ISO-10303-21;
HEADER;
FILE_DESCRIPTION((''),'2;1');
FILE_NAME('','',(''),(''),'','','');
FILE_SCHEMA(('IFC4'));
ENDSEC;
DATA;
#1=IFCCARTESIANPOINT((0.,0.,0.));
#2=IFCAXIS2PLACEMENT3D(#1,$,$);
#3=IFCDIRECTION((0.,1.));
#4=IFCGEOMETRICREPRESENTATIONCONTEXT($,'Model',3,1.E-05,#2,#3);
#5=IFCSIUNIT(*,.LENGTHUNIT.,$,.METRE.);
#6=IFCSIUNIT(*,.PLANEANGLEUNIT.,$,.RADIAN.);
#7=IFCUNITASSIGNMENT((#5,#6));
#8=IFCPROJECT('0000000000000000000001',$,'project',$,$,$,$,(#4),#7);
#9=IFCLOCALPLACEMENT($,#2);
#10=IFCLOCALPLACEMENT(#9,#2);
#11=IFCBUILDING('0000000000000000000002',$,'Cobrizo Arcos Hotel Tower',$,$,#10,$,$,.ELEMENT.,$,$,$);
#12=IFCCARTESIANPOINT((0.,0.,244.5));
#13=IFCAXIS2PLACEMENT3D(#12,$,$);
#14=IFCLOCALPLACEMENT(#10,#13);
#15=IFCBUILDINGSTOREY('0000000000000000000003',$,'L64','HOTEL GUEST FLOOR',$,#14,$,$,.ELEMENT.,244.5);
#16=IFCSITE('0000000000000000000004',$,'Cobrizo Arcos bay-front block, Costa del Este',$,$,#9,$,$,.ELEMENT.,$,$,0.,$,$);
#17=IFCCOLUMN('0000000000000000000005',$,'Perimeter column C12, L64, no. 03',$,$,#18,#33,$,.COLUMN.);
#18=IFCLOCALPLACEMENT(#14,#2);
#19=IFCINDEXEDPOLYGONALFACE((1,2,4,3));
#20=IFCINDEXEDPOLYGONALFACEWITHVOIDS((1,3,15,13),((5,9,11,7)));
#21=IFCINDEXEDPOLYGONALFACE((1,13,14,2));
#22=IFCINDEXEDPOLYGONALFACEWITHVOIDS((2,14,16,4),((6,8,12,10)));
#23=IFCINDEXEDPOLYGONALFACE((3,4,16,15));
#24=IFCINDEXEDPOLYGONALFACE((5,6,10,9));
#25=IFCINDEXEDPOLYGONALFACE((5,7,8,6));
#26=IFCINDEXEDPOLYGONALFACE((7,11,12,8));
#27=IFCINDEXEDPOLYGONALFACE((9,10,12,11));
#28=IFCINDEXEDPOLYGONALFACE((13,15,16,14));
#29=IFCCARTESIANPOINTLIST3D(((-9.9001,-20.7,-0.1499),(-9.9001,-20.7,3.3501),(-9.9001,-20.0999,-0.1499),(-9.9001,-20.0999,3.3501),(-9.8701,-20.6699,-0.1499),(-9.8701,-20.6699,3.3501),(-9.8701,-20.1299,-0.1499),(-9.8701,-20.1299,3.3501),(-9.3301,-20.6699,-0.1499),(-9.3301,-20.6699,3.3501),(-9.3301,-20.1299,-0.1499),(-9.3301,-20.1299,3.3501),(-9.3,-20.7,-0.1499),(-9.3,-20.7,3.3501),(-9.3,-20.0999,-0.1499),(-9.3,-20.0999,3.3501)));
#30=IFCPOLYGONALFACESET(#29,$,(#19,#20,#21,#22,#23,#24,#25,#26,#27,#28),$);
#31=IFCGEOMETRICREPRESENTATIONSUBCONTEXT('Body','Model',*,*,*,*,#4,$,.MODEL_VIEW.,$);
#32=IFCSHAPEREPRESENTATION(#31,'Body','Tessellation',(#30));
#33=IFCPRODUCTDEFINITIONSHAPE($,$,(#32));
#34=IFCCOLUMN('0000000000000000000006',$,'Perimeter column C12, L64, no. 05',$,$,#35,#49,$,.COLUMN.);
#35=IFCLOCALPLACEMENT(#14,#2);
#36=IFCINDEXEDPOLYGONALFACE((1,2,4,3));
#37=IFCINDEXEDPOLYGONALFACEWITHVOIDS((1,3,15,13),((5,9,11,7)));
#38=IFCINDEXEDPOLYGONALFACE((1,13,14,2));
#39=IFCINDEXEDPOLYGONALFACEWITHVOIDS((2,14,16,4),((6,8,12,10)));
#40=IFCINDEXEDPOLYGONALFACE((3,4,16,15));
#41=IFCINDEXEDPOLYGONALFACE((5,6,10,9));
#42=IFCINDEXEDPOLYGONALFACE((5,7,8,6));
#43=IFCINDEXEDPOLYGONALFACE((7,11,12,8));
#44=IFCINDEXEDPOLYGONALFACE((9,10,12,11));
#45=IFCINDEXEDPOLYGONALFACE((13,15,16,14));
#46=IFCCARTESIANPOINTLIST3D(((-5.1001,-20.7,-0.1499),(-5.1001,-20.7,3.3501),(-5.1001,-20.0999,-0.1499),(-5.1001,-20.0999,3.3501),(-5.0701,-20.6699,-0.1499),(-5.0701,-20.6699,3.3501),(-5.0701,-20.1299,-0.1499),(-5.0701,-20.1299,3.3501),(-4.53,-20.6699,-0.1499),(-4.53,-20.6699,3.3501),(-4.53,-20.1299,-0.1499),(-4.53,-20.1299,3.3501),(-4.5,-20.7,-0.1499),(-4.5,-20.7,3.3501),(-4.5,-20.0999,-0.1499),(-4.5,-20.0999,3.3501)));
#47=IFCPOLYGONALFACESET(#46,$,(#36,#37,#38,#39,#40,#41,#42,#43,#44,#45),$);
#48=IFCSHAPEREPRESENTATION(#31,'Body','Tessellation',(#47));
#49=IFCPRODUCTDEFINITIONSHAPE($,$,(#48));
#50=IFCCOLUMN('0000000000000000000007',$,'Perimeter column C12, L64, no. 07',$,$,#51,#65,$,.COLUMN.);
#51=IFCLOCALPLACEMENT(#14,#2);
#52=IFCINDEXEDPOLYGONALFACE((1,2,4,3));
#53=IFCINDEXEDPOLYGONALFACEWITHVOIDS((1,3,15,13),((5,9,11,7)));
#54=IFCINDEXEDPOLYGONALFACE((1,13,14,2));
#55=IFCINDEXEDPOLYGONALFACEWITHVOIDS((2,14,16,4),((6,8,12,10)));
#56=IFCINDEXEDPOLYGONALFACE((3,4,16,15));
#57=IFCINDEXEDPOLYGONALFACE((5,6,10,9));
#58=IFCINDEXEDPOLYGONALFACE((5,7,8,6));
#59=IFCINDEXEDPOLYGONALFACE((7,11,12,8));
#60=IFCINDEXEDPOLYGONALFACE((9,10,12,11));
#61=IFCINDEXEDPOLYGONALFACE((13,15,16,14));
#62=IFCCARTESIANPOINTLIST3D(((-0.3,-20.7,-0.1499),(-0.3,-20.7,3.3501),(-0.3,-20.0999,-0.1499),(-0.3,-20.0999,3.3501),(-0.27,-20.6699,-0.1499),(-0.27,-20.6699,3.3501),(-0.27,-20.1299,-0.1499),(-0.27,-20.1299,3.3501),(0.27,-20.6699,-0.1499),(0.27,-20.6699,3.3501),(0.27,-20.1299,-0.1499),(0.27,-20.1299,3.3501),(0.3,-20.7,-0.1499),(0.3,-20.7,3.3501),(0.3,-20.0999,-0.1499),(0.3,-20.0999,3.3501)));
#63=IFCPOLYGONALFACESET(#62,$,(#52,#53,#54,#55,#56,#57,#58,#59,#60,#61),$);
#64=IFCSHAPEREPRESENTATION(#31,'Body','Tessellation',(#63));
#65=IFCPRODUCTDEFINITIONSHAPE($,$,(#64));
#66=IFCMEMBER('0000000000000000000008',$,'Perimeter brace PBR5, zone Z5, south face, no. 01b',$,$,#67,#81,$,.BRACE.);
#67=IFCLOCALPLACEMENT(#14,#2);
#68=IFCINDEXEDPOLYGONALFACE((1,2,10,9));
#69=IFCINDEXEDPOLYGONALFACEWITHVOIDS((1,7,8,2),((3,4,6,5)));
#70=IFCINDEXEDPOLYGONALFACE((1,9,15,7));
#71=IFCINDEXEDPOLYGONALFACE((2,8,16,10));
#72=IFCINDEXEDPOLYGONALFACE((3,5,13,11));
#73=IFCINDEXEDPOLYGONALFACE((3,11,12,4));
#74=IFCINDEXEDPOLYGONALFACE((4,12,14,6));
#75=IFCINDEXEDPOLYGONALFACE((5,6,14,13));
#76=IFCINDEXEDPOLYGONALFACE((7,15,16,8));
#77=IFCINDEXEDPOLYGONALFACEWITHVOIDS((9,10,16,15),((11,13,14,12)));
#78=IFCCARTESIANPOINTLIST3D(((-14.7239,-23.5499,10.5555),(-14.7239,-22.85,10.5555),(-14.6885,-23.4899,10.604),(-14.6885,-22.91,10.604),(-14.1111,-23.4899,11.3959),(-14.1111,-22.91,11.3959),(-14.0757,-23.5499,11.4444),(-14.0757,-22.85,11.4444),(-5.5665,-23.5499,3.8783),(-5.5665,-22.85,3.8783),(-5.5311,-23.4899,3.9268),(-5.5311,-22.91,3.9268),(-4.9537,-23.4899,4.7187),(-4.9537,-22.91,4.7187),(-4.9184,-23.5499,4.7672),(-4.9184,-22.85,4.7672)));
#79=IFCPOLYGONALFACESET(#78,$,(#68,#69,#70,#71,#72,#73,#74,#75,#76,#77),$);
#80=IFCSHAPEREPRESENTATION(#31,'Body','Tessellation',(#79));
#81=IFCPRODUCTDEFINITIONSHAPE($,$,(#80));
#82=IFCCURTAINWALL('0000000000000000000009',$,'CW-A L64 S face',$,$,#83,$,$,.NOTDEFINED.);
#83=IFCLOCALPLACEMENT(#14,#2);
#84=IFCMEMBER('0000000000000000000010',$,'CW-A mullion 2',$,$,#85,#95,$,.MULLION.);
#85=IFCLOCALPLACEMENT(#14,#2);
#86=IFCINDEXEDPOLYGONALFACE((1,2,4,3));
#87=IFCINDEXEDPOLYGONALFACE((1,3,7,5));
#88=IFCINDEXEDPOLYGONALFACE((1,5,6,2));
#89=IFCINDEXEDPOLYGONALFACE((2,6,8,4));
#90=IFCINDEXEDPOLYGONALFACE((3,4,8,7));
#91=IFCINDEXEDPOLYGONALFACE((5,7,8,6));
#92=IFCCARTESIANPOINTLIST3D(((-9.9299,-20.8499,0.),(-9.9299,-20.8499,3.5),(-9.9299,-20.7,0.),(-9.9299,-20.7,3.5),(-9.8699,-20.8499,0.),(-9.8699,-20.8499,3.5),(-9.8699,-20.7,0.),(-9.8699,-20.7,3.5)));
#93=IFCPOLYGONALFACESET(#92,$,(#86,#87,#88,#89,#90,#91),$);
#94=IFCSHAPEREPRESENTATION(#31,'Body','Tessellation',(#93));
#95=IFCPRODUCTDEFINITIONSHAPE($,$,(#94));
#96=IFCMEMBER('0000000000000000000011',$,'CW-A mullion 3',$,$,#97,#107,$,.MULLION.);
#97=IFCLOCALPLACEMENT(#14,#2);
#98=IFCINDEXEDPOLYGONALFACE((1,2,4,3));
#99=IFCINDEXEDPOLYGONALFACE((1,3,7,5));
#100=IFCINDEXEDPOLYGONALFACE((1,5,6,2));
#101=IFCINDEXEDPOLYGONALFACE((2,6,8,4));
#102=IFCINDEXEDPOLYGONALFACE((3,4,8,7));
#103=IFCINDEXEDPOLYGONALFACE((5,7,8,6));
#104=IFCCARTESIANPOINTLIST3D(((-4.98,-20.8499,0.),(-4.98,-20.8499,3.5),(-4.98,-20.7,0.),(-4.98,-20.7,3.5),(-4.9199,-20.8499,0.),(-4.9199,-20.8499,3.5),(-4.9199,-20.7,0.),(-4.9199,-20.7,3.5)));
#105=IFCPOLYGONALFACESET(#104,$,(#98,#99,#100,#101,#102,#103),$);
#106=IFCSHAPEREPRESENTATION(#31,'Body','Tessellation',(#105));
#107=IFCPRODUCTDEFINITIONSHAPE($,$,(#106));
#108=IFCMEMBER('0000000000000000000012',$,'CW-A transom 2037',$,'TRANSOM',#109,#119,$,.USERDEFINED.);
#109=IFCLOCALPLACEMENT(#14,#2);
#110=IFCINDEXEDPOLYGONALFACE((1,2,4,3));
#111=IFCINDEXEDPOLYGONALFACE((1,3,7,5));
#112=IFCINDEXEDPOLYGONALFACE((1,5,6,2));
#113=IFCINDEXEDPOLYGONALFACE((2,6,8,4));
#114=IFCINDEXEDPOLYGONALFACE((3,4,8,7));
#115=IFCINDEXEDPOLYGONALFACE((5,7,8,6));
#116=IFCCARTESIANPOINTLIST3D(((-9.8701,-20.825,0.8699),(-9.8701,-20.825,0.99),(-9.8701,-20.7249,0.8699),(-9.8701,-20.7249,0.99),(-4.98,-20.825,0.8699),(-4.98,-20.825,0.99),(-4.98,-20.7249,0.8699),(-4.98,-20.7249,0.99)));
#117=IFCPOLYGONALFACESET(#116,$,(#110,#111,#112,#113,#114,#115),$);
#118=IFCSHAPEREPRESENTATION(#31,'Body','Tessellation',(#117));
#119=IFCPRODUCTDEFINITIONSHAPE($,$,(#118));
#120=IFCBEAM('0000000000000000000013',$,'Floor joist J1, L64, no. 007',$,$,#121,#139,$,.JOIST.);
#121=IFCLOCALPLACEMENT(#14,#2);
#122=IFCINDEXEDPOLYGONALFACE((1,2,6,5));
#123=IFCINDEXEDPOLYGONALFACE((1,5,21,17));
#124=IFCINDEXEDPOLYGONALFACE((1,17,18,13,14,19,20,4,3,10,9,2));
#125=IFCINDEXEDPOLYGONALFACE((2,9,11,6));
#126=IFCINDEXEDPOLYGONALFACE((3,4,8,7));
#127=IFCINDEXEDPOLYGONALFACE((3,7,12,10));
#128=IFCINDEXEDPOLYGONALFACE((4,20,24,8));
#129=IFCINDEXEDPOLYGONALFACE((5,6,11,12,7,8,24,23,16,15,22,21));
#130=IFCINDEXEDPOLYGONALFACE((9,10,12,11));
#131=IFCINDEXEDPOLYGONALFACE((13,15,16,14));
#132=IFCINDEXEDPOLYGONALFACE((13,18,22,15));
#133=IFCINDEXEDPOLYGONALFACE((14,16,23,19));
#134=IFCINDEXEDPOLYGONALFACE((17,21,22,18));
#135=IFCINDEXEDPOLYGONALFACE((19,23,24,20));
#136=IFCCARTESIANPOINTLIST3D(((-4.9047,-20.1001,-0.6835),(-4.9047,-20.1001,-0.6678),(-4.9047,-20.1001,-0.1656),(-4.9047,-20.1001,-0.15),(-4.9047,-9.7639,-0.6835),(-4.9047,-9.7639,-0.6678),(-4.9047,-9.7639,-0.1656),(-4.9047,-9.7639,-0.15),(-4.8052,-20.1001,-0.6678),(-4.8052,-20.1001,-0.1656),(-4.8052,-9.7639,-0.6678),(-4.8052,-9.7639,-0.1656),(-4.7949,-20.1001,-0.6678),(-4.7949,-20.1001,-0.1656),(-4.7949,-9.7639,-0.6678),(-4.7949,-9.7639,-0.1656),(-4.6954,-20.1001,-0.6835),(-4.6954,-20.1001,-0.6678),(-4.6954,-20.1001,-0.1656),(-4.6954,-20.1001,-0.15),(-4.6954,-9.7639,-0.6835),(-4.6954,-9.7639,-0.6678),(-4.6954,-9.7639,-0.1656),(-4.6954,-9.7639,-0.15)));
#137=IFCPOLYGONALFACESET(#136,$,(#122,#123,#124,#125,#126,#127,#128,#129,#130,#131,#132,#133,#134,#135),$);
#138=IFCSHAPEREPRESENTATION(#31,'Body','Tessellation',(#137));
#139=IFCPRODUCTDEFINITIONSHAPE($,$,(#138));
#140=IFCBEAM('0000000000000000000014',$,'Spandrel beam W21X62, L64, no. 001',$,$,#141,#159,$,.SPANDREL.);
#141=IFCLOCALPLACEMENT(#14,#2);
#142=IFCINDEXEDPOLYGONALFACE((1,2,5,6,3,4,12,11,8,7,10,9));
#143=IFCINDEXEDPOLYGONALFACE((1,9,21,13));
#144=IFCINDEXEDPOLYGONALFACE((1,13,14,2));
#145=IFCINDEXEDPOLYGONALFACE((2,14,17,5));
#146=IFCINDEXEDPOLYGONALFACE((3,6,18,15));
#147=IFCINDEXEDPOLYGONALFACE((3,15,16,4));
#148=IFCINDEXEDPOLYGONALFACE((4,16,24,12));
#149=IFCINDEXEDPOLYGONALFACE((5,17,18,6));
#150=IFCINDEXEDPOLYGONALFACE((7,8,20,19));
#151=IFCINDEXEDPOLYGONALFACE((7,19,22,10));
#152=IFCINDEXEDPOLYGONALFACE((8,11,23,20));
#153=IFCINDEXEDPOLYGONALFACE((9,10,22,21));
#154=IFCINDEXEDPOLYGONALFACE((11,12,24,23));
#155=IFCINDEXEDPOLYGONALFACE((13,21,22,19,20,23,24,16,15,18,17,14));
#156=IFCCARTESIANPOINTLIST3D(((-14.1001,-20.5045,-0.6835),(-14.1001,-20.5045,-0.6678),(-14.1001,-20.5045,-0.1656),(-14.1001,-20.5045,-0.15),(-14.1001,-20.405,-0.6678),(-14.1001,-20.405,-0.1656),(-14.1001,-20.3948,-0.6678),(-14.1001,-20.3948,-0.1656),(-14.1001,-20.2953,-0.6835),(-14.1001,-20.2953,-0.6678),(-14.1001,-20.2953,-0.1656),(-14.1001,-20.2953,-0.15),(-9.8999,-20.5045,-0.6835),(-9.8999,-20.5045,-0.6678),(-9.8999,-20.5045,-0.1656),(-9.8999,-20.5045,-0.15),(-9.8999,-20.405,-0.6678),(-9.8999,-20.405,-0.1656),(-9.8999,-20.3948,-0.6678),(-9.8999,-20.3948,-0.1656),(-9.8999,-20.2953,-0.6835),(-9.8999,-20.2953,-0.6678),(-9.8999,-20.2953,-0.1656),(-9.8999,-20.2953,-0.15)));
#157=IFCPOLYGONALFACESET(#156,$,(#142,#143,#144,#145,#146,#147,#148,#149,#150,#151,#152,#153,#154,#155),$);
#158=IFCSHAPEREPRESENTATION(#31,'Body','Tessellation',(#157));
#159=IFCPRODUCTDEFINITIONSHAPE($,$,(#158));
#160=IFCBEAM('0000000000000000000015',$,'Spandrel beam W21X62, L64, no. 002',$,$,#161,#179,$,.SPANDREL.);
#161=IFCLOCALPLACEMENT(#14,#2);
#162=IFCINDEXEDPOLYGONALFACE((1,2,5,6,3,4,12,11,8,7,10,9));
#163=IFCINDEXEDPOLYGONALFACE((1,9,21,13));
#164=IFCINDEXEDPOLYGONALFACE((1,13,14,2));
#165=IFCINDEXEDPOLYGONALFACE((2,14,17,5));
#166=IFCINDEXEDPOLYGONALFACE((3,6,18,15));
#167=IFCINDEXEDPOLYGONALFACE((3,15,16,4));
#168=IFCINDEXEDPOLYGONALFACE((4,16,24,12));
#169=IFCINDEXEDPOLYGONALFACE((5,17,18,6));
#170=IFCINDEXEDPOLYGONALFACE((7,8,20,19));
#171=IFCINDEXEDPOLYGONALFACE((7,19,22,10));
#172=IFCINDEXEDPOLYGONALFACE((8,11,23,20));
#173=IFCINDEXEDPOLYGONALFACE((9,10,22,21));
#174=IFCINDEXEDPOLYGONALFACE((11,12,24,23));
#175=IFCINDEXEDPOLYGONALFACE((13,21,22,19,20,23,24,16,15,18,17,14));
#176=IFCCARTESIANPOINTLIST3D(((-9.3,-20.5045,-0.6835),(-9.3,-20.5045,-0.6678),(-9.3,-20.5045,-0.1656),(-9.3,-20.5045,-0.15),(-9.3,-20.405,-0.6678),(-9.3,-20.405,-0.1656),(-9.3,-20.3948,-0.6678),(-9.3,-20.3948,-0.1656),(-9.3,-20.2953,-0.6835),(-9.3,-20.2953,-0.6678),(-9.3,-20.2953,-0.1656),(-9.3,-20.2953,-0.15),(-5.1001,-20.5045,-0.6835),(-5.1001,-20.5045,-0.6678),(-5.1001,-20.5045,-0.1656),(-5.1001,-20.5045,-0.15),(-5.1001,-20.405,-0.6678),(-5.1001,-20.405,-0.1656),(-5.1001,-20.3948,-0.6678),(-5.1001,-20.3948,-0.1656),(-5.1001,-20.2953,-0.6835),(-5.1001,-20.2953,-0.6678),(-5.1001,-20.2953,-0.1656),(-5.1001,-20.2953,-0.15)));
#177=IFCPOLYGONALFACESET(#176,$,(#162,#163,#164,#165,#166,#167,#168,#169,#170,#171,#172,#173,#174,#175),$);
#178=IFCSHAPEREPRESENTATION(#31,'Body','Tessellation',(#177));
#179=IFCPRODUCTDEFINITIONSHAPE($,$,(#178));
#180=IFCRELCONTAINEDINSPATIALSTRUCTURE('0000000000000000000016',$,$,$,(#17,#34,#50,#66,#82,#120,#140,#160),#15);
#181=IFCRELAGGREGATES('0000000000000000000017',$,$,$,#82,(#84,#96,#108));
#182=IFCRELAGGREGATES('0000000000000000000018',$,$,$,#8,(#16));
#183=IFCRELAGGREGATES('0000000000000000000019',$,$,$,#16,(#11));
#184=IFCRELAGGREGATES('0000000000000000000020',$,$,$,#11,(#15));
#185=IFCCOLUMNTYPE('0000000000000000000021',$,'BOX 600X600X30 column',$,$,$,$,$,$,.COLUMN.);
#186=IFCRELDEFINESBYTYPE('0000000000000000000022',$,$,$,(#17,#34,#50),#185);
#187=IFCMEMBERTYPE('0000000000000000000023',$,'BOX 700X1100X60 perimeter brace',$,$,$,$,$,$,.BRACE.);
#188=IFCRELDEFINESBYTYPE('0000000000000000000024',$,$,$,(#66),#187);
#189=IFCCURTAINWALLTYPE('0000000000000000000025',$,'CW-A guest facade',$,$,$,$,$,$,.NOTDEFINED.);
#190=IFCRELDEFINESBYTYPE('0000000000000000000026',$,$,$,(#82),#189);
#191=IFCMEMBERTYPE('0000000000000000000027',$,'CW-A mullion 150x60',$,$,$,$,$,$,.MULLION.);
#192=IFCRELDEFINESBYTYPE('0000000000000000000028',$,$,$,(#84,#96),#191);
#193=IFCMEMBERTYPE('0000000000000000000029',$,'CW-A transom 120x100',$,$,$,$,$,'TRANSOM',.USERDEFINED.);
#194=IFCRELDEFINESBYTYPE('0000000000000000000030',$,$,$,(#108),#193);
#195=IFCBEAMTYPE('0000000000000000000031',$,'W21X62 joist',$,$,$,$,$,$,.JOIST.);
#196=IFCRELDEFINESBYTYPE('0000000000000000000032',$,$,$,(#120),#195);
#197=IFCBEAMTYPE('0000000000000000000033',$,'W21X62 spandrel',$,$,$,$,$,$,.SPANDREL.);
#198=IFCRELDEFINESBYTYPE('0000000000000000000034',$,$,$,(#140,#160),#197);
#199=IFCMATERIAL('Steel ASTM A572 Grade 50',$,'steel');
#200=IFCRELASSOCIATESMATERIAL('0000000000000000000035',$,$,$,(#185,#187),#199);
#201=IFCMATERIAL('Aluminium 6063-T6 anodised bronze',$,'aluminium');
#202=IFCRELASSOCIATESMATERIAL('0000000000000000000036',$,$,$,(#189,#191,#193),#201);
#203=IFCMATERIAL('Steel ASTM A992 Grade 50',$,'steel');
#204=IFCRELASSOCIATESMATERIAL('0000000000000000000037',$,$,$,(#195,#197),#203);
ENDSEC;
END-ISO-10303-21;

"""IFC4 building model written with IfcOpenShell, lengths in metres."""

from ifc_helpers import new_model, si_unit, direction, frame, origin, origin_2d, place, context, subcontext, project, spatial, rectangle, hollow_rectangle, i_section, extrude, material, material_profile, profile_set, type_object, element, aggregate, save


model = new_model("IFC4")

# Units and contexts
model_context = context("Model", 3, precision=1e-05, world=origin(), true_north=direction((0.0, 1.0)))
body_context = subcontext(model_context, "Body", "Model", "MODEL_VIEW")
ifc_project = project(units=[si_unit("LENGTHUNIT", "METRE"), si_unit("PLANEANGLEUNIT", "RADIAN")], contexts=[model_context])

# Site, building, storey
site_placement = place(None, origin())
site = spatial("IfcSite", under=ifc_project, at=site_placement, Name="Cobrizo Arcos bay-front block, Costa del Este", CompositionType="ELEMENT", RefElevation=0.0)
building_placement = place(site_placement, origin())
building = spatial("IfcBuilding", under=site, at=building_placement, Name="Cobrizo Arcos Hotel Tower", CompositionType="ELEMENT")
storey_placement = place(building_placement, frame((0.0, 0.0, 244.5)))
storey = spatial("IfcBuildingStorey", under=building, at=storey_placement, Name="L64", Description="HOTEL GUEST FLOOR", CompositionType="ELEMENT", Elevation=244.5)

# Columns
ifc_material_1 = material(Name="Steel ASTM A572 Grade 50", Category="steel")
ifc_material_profile_1 = material_profile(ifc_material_1, hollow_rectangle(XDim=0.6001, YDim=0.6001, WallThickness=0.03, at=origin_2d()), Name="BOX 600X600X30")
ifc_profile_set_1 = profile_set([ifc_material_profile_1], Name="Steel ASTM A572 Grade 50")
column_type = type_object("IfcColumnType", Name="BOX 600X600X30 column", PredefinedType="COLUMN", material=ifc_profile_set_1)
for number, where, z_axis, x_axis, name in (
    (1, (-9.6001, -20.3999, -0.1499), (0.0, 0.0, 1.0), (1.0, 0.0, 0.0), "Perimeter column C12, L64, no. 03"),
    (2, (-4.8, -20.3999, -0.1499), (0.0, 0.0, 1.0), (1.0, 0.0, 0.0), "Perimeter column C12, L64, no. 05"),
    (3, (0.0, -20.3999, -0.1499), (0.0, 0.0, 1.0), (1.0, 0.0, 0.0), "Perimeter column C12, L64, no. 07"),
):
    element("IfcColumn", number, at=place(storey_placement, frame(where, z_axis=z_axis, x_axis=x_axis)), inside=storey, type_object=column_type, Name=name, PredefinedType="COLUMN", context=body_context, shape_type="SweptSolid", body=[
        extrude(hollow_rectangle(XDim=0.6001, YDim=0.6001, WallThickness=0.03, at=origin_2d()), origin(), (0.0, 0.0, 1.0), 3.5),
    ])

# Member
ifc_material_profile_2 = material_profile(ifc_material_1, hollow_rectangle(XDim=0.7, YDim=1.1001, WallThickness=0.0601, at=origin_2d()), Name="BOX 700X1100X60")
ifc_profile_set_2 = profile_set([ifc_material_profile_2], Name="Steel ASTM A572 Grade 50")
member_type_1 = type_object("IfcMemberType", Name="BOX 700X1100X60 perimeter brace", PredefinedType="BRACE", material=ifc_profile_set_2)
member_1_placement = place(storey_placement, frame((-5.2424, -23.2, 4.3228), z_axis=(-0.808011, 0.0, 0.589168), x_axis=(0.0, -1.0, 0.0)))
element("IfcMember", 4, at=member_1_placement, inside=storey, type_object=member_type_1, Name="Perimeter brace PBR5, zone Z5, south face, no. 01b", PredefinedType="BRACE", context=body_context, shape_type="SweptSolid", body=[
    extrude(hollow_rectangle(XDim=0.7, YDim=1.1001, WallThickness=0.0601, at=origin_2d()), origin(), (0.0, 0.0, 1.0), 11.3333),
])

# Curtain wall, members
ifc_material_2 = material(Name="Aluminium 6063-T6 anodised bronze", Category="aluminium")
curtain_wall_type = type_object("IfcCurtainWallType", Name="CW-A guest facade", PredefinedType="NOTDEFINED", material=ifc_material_2)
curtain_wall_placement = place(storey_placement, origin())
curtain_wall = element("IfcCurtainWall", 5, at=curtain_wall_placement, inside=storey, type_object=curtain_wall_type, Name="CW-A L64 S face", PredefinedType="NOTDEFINED")
ifc_material_profile_3 = material_profile(ifc_material_2, rectangle(XDim=0.1499, YDim=0.0601, at=origin_2d()), Name="CW-A mullion 150x60")
ifc_profile_set_3 = profile_set([ifc_material_profile_3], Name="Aluminium 6063-T6 anodised bronze")
member_type_2 = type_object("IfcMemberType", Name="CW-A mullion 150x60", PredefinedType="MULLION", material=ifc_profile_set_3)
member_2_placement = place(storey_placement, frame((-9.8999, -20.7749, 0.0), z_axis=(0.0, 0.0, 1.0), x_axis=(0.0, -1.0, 0.0)))
member_2 = element("IfcMember", 6, at=member_2_placement, type_object=member_type_2, Name="CW-A mullion 2", PredefinedType="MULLION", context=body_context, shape_type="SweptSolid", body=[
    extrude(rectangle(XDim=0.1499, YDim=0.0601, at=origin_2d()), origin(), (0.0, 0.0, 1.0), 3.5),
])
member_3_placement = place(storey_placement, frame((-4.95, -20.7749, 0.0), z_axis=(0.0, 0.0, 1.0), x_axis=(0.0, -1.0, 0.0)))
member_3 = element("IfcMember", 7, at=member_3_placement, type_object=member_type_2, Name="CW-A mullion 3", PredefinedType="MULLION", context=body_context, shape_type="SweptSolid", body=[
    extrude(rectangle(XDim=0.1499, YDim=0.0601, at=origin_2d()), origin(), (0.0, 0.0, 1.0), 3.5),
])
ifc_material_profile_4 = material_profile(ifc_material_2, rectangle(XDim=0.1001, YDim=0.1201, at=origin_2d()), Name="CW-A transom 120x100")
ifc_profile_set_4 = profile_set([ifc_material_profile_4], Name="Aluminium 6063-T6 anodised bronze")
member_type_3 = type_object("IfcMemberType", Name="CW-A transom 120x100", ElementType="TRANSOM", PredefinedType="USERDEFINED", material=ifc_profile_set_4)
member_4_placement = place(storey_placement, frame((-9.8701, -20.7749, 0.9299), z_axis=(1.0, 0.0, 0.0), x_axis=(0.0, 1.0, 0.0)))
member_4 = element("IfcMember", 8, at=member_4_placement, type_object=member_type_3, Name="CW-A transom 2037", ObjectType="TRANSOM", PredefinedType="USERDEFINED", context=body_context, shape_type="SweptSolid", body=[
    extrude(rectangle(XDim=0.1001, YDim=0.1201, at=origin_2d()), origin(), (0.0, 0.0, 1.0), 4.8901),
])

# Beams
ifc_material_3 = material(Name="Steel ASTM A992 Grade 50", Category="steel")
ifc_material_profile_5 = material_profile(ifc_material_3, i_section(OverallWidth=0.2092, OverallDepth=0.5334, WebThickness=0.0103, FlangeThickness=0.0156, at=origin_2d()), Name="W21X62")
ifc_profile_set_5 = profile_set([ifc_material_profile_5], Name="Steel ASTM A992 Grade 50")
beam_type_1 = type_object("IfcBeamType", Name="W21X62 joist", PredefinedType="JOIST", material=ifc_profile_set_5)
beam_1_placement = place(storey_placement, frame((-4.8, -20.1001, -0.4167), z_axis=(0.0, 1.0, 0.0), x_axis=(-1.0, 0.0, 0.0)))
element("IfcBeam", 9, at=beam_1_placement, inside=storey, type_object=beam_type_1, Name="Floor joist J1, L64, no. 007", PredefinedType="JOIST", context=body_context, shape_type="SweptSolid", body=[
    extrude(i_section(OverallWidth=0.2092, OverallDepth=0.5334, WebThickness=0.0103, FlangeThickness=0.0156, at=origin_2d()), origin(), (0.0, 0.0, 1.0), 10.3362),
])
ifc_material_profile_6 = material_profile(ifc_material_3, i_section(OverallWidth=0.2092, OverallDepth=0.5334, WebThickness=0.0103, FlangeThickness=0.0156, at=origin_2d()), Name="W21X62")
ifc_profile_set_6 = profile_set([ifc_material_profile_6], Name="Steel ASTM A992 Grade 50")
beam_type_2 = type_object("IfcBeamType", Name="W21X62 spandrel", PredefinedType="SPANDREL", material=ifc_profile_set_6)
beam_2_placement = place(storey_placement, frame((-14.1001, -20.3999, -0.4167), z_axis=(1.0, 0.0, 0.0), x_axis=(0.0, 1.0, 0.0)))
element("IfcBeam", 10, at=beam_2_placement, inside=storey, type_object=beam_type_2, Name="Spandrel beam W21X62, L64, no. 001", PredefinedType="SPANDREL", context=body_context, shape_type="SweptSolid", body=[
    extrude(i_section(OverallWidth=0.2092, OverallDepth=0.5334, WebThickness=0.0103, FlangeThickness=0.0156, at=origin_2d()), origin(), (0.0, 0.0, 1.0), 4.2002),
])
for number, where, z_axis, x_axis, name in (
    (11, (-9.3, -20.3999, -0.4167), (1.0, 0.0, 0.0), (0.0, 1.0, 0.0), "Spandrel beam W21X62, L64, no. 002"),
):
    element("IfcBeam", number, at=place(storey_placement, frame(where, z_axis=z_axis, x_axis=x_axis)), inside=storey, type_object=beam_type_2, Name=name, PredefinedType="SPANDREL", context=body_context, shape_type="SweptSolid", body=[
        extrude(i_section(OverallWidth=0.2092, OverallDepth=0.5334, WebThickness=0.0103, FlangeThickness=0.0156, at=origin_2d()), origin(), (0.0, 0.0, 1.0), 4.2),
    ])

aggregate(curtain_wall, [member_2, member_3, member_4])

save(model, "model.ifc")
